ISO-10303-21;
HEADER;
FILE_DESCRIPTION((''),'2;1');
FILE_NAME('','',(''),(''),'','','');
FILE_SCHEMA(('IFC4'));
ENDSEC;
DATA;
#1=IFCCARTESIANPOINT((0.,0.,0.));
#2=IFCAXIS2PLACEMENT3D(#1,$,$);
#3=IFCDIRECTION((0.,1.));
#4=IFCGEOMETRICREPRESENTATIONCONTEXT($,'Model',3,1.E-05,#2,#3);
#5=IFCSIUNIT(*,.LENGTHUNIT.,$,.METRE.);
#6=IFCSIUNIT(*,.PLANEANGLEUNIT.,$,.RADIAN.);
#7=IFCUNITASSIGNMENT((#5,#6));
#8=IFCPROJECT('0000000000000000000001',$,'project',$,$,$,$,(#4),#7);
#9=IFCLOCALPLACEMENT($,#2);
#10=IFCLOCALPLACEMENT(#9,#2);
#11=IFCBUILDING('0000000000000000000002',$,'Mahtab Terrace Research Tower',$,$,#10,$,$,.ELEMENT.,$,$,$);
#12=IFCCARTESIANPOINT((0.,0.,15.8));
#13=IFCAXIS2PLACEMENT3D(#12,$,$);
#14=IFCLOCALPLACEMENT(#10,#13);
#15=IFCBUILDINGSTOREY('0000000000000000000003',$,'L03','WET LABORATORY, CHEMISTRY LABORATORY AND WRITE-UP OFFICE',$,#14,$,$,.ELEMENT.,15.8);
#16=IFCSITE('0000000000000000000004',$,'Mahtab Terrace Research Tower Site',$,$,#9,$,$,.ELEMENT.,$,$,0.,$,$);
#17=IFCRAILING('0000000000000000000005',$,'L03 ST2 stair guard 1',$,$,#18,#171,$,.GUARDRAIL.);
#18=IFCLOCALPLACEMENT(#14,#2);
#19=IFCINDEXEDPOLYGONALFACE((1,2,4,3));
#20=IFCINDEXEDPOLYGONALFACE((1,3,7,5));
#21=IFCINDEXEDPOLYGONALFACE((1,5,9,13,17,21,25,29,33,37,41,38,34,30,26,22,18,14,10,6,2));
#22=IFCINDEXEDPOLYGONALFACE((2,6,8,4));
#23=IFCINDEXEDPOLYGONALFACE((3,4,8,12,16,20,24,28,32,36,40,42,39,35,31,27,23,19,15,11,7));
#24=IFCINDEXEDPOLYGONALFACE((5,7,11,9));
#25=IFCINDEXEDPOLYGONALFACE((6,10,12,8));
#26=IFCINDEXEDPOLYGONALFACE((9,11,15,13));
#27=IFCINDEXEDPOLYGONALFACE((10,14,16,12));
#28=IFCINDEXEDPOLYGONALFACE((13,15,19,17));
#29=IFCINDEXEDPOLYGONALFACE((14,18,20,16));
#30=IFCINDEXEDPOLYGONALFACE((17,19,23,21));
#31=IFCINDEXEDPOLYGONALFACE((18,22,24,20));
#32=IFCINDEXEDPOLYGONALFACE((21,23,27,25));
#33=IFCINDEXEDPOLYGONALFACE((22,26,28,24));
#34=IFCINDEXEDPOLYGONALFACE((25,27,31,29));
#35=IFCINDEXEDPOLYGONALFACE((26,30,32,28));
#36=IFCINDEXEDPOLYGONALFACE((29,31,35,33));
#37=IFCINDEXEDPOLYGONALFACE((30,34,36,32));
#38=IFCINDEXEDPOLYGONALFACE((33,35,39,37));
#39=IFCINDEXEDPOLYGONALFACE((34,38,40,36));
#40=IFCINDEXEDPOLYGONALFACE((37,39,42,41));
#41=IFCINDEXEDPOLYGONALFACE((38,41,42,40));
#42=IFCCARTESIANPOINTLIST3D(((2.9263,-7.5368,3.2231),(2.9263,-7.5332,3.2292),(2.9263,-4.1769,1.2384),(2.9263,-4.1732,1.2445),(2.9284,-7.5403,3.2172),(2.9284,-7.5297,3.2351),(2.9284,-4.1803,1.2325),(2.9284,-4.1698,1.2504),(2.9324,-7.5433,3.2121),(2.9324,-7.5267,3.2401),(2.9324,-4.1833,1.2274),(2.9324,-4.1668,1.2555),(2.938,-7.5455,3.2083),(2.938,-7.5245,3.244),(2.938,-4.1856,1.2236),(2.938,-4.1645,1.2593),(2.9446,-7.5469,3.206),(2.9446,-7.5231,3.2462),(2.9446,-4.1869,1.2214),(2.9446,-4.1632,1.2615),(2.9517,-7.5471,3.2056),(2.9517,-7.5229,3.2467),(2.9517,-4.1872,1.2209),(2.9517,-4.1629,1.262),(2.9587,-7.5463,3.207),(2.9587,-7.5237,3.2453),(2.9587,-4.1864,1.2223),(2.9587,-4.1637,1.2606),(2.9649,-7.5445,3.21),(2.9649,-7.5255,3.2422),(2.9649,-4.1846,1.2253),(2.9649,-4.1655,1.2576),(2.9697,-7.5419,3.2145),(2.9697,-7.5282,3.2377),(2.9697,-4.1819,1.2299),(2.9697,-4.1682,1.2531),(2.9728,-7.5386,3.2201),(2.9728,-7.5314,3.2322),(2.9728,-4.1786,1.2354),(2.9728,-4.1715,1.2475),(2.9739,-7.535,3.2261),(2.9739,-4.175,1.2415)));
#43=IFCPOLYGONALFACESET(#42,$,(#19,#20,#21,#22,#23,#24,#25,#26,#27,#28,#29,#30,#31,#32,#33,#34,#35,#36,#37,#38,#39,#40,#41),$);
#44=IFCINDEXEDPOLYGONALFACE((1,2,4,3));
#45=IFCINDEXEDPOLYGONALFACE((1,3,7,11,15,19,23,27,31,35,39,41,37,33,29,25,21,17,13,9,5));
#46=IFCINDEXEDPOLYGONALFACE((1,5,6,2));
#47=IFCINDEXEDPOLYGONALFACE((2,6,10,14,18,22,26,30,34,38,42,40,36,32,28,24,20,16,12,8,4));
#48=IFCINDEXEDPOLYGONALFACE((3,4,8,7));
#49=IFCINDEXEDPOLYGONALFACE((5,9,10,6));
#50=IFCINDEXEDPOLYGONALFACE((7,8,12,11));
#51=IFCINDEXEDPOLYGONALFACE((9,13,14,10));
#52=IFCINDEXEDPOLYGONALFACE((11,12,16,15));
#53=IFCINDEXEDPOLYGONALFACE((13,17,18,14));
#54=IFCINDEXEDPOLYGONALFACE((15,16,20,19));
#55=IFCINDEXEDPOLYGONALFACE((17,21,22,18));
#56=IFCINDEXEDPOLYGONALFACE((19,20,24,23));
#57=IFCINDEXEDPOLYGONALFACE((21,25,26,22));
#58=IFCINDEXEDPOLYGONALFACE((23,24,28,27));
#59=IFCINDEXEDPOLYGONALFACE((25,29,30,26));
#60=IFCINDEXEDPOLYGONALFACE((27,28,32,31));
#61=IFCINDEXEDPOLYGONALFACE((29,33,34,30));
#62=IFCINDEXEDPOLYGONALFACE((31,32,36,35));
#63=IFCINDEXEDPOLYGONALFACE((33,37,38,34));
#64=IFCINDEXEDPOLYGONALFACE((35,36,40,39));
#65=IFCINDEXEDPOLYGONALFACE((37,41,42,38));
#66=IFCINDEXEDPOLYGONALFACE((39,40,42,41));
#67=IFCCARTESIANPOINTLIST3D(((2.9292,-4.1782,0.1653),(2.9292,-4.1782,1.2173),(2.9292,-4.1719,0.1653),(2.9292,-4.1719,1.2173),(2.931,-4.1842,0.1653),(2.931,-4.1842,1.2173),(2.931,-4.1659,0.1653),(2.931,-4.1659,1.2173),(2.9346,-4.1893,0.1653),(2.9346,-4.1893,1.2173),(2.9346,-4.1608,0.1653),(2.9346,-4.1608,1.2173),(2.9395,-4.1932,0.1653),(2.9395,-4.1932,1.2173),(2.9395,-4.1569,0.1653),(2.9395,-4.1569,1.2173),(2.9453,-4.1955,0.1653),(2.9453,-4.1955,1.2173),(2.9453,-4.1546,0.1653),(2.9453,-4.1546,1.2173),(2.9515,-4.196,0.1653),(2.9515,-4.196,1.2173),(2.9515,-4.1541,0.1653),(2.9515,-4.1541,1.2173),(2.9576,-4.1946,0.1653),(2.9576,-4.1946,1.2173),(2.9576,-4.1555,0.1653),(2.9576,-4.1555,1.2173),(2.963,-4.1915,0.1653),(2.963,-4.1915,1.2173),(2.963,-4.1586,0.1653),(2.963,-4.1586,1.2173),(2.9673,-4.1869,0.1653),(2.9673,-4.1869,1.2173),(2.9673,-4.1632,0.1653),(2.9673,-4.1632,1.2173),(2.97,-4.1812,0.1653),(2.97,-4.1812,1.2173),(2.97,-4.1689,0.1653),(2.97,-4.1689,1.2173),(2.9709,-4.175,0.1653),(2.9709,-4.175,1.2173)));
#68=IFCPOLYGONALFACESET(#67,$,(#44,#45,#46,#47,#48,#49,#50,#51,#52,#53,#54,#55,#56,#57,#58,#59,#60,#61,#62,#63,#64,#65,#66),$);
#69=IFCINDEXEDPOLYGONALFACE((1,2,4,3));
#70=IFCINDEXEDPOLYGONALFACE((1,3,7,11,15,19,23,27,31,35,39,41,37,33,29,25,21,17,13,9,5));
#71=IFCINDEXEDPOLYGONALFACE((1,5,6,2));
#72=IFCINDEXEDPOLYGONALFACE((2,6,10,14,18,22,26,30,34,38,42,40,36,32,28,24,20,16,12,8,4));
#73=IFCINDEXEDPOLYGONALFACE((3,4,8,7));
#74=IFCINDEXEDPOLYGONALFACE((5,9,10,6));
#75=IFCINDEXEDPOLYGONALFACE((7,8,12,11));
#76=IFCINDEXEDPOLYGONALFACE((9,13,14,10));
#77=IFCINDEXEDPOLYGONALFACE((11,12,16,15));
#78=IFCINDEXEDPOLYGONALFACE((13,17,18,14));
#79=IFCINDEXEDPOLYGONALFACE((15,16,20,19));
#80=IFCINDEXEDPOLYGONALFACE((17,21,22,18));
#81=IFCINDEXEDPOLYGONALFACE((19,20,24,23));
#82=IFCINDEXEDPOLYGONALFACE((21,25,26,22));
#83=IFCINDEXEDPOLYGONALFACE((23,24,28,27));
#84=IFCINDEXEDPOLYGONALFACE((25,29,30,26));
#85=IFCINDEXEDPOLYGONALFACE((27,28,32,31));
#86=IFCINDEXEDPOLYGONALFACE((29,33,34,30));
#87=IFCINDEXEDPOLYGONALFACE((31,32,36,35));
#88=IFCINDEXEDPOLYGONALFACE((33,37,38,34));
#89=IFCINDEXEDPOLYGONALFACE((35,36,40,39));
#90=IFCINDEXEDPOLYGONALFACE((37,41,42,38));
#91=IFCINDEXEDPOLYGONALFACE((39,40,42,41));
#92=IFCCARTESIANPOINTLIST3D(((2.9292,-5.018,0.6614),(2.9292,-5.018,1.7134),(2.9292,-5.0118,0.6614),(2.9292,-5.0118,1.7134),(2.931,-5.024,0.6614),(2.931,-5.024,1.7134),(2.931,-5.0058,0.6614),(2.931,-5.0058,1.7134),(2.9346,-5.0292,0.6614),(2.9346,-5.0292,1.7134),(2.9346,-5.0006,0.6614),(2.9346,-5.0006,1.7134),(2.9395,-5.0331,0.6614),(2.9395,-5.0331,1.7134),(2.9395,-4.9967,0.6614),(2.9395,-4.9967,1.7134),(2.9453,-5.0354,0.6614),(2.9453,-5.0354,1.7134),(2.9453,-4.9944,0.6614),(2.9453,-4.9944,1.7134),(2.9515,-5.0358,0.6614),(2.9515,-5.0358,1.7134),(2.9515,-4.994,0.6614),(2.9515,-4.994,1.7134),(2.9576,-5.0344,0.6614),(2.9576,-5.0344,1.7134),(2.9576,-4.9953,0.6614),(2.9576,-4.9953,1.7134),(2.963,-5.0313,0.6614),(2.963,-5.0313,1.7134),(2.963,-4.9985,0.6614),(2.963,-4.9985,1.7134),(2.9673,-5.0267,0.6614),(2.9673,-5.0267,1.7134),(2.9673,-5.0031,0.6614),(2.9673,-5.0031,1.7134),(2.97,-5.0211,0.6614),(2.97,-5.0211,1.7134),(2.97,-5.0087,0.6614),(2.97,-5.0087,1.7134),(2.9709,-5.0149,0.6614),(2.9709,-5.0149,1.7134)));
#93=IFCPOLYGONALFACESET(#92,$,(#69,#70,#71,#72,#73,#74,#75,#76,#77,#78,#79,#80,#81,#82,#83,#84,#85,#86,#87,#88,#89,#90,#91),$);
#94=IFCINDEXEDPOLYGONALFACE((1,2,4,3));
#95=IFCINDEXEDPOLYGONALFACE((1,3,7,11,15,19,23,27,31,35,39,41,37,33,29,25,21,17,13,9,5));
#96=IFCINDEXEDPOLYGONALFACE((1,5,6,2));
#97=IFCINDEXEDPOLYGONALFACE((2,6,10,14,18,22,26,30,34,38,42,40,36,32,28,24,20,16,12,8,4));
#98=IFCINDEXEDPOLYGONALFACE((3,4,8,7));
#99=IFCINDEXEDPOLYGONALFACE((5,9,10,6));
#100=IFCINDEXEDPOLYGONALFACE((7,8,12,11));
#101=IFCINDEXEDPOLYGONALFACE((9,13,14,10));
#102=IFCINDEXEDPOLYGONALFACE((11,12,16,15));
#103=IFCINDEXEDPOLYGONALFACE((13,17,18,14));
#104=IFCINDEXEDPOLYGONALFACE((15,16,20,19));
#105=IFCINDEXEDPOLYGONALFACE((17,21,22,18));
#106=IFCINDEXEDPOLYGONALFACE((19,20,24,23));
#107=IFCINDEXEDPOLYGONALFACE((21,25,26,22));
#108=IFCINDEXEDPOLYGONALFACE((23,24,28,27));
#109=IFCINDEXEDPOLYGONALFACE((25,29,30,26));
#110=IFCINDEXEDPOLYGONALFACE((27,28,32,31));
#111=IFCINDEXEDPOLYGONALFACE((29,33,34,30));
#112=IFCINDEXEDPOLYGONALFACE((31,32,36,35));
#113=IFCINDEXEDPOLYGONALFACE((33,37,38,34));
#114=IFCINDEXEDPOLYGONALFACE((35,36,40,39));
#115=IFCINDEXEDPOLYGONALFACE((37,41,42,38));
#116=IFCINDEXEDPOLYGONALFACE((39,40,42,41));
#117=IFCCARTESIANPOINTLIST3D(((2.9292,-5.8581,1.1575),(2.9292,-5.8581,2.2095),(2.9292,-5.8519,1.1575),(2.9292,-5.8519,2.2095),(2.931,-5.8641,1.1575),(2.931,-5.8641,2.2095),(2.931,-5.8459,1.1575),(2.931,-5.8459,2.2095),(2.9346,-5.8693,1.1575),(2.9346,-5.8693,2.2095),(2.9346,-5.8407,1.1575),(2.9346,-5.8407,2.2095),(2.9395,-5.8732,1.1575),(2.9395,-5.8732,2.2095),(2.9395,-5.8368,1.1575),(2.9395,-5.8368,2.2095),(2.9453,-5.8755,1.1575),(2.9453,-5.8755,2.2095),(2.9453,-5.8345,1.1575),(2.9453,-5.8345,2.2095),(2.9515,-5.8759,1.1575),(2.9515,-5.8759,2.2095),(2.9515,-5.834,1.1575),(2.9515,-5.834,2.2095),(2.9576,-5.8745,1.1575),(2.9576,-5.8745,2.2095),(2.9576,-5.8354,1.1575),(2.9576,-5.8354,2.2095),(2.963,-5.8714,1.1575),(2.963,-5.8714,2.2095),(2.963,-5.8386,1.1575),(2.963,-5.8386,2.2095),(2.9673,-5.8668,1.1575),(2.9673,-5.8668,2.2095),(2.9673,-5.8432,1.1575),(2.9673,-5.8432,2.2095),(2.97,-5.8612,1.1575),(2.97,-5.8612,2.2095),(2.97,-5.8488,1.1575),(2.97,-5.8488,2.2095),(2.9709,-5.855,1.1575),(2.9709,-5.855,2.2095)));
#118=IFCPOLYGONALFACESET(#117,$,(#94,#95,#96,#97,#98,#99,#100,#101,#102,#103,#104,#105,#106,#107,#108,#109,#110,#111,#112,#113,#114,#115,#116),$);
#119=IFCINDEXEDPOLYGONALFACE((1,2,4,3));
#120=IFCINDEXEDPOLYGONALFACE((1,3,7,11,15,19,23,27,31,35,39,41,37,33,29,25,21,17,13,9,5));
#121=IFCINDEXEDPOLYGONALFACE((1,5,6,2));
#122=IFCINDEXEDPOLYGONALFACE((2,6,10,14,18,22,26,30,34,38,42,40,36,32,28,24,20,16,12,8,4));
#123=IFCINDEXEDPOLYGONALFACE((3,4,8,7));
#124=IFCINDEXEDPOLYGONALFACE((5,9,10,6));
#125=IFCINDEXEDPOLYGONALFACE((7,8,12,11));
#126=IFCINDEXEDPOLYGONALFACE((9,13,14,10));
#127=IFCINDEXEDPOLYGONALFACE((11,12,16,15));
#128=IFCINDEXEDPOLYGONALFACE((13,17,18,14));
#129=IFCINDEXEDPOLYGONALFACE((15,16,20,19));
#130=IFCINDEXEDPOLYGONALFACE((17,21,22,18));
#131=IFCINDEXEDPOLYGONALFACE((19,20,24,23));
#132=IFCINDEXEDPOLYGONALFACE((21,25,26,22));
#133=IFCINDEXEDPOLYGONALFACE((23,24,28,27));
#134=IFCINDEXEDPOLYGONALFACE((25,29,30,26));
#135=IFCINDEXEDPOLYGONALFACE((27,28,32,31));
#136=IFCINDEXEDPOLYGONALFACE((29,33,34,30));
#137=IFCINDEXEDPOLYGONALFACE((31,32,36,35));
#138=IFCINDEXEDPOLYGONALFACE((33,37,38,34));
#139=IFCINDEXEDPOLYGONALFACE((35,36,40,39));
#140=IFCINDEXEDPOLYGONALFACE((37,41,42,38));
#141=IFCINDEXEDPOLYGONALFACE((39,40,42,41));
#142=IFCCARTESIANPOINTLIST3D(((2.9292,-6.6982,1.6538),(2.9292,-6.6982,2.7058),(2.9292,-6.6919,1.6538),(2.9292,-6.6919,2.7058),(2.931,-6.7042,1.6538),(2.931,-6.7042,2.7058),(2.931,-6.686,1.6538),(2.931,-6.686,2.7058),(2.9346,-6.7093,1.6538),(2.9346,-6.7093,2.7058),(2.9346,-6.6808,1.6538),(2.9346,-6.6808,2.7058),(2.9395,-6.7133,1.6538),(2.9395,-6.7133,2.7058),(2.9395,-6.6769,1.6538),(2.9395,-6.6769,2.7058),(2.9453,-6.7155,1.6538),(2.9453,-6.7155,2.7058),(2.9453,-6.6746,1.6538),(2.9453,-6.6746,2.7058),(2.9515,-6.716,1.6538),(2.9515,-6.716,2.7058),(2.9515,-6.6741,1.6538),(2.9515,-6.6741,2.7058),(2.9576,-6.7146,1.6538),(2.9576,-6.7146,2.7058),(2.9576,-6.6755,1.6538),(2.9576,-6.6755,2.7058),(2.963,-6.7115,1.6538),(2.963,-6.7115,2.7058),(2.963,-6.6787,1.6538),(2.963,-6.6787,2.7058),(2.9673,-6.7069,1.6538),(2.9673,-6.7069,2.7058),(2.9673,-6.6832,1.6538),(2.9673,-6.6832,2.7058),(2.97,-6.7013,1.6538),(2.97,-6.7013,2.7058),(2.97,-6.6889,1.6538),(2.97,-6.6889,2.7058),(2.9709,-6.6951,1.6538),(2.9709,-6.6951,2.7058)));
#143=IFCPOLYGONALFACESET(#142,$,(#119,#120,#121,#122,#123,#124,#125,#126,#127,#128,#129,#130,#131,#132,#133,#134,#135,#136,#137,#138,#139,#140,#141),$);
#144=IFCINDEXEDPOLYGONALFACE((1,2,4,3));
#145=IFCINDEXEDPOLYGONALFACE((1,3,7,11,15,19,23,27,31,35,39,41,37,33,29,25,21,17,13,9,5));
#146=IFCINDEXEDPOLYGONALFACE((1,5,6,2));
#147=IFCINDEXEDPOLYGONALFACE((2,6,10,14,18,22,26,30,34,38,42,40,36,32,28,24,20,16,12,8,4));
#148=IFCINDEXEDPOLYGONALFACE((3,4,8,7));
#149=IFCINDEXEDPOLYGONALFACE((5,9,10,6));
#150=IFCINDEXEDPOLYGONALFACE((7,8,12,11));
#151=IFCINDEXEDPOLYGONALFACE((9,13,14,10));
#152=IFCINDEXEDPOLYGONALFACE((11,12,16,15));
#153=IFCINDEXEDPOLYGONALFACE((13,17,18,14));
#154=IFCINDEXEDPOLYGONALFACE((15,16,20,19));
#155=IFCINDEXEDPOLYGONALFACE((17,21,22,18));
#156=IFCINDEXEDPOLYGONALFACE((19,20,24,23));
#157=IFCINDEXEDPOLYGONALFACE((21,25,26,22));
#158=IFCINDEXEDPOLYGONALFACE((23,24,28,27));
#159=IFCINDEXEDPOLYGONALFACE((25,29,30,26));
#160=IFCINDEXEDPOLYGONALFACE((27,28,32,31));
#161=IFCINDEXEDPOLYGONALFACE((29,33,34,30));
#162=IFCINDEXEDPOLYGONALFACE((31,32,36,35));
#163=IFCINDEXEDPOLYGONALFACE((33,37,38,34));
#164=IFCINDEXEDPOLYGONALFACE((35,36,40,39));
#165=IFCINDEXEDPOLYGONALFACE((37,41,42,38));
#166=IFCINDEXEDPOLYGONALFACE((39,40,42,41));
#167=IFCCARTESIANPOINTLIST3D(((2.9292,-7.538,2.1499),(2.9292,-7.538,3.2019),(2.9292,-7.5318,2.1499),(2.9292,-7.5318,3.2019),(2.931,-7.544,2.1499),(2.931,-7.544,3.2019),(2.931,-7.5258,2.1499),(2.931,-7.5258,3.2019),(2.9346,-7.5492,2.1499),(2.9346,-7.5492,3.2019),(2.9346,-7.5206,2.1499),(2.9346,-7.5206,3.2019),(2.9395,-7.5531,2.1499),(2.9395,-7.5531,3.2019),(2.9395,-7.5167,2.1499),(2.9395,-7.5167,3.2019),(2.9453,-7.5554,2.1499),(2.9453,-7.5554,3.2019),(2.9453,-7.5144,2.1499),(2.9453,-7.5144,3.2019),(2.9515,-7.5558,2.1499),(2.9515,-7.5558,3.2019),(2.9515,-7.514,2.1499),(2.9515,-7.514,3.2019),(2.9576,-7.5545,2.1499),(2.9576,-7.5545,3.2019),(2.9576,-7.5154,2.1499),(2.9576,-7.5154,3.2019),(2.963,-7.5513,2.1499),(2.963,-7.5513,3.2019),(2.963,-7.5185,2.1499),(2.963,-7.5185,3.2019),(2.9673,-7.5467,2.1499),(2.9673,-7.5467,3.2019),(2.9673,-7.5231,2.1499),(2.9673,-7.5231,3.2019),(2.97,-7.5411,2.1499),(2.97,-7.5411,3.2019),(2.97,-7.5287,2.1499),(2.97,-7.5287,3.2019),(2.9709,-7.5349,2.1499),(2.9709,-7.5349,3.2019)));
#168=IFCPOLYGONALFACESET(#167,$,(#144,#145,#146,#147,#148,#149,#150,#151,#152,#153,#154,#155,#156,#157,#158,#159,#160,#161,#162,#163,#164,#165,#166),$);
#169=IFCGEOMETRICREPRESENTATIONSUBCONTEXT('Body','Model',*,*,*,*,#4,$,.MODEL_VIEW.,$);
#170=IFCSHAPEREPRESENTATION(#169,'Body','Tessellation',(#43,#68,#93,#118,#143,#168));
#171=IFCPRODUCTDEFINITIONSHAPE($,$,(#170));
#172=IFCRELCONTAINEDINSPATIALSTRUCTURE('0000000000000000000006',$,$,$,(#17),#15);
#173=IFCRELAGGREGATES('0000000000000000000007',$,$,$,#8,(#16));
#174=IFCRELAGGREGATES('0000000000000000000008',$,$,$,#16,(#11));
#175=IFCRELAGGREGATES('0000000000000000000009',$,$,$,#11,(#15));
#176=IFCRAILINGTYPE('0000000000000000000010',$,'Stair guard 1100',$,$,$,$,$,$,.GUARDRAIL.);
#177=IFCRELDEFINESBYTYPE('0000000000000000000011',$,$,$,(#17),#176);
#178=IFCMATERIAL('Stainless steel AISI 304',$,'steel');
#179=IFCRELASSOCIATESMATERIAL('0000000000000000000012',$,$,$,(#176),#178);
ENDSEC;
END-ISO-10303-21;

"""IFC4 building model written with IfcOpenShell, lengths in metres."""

from ifc_helpers import new_model, si_unit, direction, frame, origin, origin_2d, place, context, subcontext, project, spatial, circle, extrude, material, type_object, element, save


model = new_model("IFC4")

# Units and contexts
model_context = context("Model", 3, precision=1e-05, world=origin(), true_north=direction((0.0, 1.0)))
body_context = subcontext(model_context, "Body", "Model", "MODEL_VIEW")
ifc_project = project(units=[si_unit("LENGTHUNIT", "METRE"), si_unit("PLANEANGLEUNIT", "RADIAN")], contexts=[model_context])

# Site, building, storey
site_placement = place(None, origin())
site = spatial("IfcSite", under=ifc_project, at=site_placement, Name="Mahtab Terrace Research Tower Site", CompositionType="ELEMENT", RefElevation=0.0)
building_placement = place(site_placement, origin())
building = spatial("IfcBuilding", under=site, at=building_placement, Name="Mahtab Terrace Research Tower", CompositionType="ELEMENT")
storey_placement = place(building_placement, frame((0.0, 0.0, 15.8)))
storey = spatial("IfcBuildingStorey", under=building, at=storey_placement, Name="L03", Description="WET LABORATORY, CHEMISTRY LABORATORY AND WRITE-UP OFFICE", CompositionType="ELEMENT", Elevation=15.8)

# Railing
ifc_material_1 = material(Name="Stainless steel AISI 304", Category="steel")
railing_type_1 = type_object("IfcRailingType", Name="Stair guard 1100", PredefinedType="GUARDRAIL", material=ifc_material_1)
railing_1_placement = place(storey_placement, frame((2.95, -4.175, 0.1653)))
element("IfcRailing", 1, at=railing_1_placement, inside=storey, type_object=railing_type_1, Name="L03 ST2 stair guard 1", PredefinedType="GUARDRAIL", context=body_context, shape_type="SweptSolid", body=[
    extrude(circle(Radius=0.0239, at=origin_2d()), frame((0.0, 0.0, 1.0762), z_axis=(0.0, -0.861011, 0.508586), x_axis=(1.0, 0.0, 0.0)), (0.0, 0.0, 1.0), 3.9023),
    extrude(circle(Radius=0.021, at=origin_2d()), origin(), (0.0, 0.0, 1.0), 1.052),
    extrude(circle(Radius=0.021, at=origin_2d()), frame((0.0, -0.8398, 0.4961)), (0.0, 0.0, 1.0), 1.052),
    extrude(circle(Radius=0.021, at=origin_2d()), frame((0.0, -1.6799, 0.9922)), (0.0, 0.0, 1.0), 1.052),
    extrude(circle(Radius=0.021, at=origin_2d()), frame((0.0, -2.52, 1.4885)), (0.0, 0.0, 1.0), 1.052),
    extrude(circle(Radius=0.021, at=origin_2d()), frame((0.0, -3.3599, 1.9846)), (0.0, 0.0, 1.0), 1.052),
])

save(model, "model.ifc")
